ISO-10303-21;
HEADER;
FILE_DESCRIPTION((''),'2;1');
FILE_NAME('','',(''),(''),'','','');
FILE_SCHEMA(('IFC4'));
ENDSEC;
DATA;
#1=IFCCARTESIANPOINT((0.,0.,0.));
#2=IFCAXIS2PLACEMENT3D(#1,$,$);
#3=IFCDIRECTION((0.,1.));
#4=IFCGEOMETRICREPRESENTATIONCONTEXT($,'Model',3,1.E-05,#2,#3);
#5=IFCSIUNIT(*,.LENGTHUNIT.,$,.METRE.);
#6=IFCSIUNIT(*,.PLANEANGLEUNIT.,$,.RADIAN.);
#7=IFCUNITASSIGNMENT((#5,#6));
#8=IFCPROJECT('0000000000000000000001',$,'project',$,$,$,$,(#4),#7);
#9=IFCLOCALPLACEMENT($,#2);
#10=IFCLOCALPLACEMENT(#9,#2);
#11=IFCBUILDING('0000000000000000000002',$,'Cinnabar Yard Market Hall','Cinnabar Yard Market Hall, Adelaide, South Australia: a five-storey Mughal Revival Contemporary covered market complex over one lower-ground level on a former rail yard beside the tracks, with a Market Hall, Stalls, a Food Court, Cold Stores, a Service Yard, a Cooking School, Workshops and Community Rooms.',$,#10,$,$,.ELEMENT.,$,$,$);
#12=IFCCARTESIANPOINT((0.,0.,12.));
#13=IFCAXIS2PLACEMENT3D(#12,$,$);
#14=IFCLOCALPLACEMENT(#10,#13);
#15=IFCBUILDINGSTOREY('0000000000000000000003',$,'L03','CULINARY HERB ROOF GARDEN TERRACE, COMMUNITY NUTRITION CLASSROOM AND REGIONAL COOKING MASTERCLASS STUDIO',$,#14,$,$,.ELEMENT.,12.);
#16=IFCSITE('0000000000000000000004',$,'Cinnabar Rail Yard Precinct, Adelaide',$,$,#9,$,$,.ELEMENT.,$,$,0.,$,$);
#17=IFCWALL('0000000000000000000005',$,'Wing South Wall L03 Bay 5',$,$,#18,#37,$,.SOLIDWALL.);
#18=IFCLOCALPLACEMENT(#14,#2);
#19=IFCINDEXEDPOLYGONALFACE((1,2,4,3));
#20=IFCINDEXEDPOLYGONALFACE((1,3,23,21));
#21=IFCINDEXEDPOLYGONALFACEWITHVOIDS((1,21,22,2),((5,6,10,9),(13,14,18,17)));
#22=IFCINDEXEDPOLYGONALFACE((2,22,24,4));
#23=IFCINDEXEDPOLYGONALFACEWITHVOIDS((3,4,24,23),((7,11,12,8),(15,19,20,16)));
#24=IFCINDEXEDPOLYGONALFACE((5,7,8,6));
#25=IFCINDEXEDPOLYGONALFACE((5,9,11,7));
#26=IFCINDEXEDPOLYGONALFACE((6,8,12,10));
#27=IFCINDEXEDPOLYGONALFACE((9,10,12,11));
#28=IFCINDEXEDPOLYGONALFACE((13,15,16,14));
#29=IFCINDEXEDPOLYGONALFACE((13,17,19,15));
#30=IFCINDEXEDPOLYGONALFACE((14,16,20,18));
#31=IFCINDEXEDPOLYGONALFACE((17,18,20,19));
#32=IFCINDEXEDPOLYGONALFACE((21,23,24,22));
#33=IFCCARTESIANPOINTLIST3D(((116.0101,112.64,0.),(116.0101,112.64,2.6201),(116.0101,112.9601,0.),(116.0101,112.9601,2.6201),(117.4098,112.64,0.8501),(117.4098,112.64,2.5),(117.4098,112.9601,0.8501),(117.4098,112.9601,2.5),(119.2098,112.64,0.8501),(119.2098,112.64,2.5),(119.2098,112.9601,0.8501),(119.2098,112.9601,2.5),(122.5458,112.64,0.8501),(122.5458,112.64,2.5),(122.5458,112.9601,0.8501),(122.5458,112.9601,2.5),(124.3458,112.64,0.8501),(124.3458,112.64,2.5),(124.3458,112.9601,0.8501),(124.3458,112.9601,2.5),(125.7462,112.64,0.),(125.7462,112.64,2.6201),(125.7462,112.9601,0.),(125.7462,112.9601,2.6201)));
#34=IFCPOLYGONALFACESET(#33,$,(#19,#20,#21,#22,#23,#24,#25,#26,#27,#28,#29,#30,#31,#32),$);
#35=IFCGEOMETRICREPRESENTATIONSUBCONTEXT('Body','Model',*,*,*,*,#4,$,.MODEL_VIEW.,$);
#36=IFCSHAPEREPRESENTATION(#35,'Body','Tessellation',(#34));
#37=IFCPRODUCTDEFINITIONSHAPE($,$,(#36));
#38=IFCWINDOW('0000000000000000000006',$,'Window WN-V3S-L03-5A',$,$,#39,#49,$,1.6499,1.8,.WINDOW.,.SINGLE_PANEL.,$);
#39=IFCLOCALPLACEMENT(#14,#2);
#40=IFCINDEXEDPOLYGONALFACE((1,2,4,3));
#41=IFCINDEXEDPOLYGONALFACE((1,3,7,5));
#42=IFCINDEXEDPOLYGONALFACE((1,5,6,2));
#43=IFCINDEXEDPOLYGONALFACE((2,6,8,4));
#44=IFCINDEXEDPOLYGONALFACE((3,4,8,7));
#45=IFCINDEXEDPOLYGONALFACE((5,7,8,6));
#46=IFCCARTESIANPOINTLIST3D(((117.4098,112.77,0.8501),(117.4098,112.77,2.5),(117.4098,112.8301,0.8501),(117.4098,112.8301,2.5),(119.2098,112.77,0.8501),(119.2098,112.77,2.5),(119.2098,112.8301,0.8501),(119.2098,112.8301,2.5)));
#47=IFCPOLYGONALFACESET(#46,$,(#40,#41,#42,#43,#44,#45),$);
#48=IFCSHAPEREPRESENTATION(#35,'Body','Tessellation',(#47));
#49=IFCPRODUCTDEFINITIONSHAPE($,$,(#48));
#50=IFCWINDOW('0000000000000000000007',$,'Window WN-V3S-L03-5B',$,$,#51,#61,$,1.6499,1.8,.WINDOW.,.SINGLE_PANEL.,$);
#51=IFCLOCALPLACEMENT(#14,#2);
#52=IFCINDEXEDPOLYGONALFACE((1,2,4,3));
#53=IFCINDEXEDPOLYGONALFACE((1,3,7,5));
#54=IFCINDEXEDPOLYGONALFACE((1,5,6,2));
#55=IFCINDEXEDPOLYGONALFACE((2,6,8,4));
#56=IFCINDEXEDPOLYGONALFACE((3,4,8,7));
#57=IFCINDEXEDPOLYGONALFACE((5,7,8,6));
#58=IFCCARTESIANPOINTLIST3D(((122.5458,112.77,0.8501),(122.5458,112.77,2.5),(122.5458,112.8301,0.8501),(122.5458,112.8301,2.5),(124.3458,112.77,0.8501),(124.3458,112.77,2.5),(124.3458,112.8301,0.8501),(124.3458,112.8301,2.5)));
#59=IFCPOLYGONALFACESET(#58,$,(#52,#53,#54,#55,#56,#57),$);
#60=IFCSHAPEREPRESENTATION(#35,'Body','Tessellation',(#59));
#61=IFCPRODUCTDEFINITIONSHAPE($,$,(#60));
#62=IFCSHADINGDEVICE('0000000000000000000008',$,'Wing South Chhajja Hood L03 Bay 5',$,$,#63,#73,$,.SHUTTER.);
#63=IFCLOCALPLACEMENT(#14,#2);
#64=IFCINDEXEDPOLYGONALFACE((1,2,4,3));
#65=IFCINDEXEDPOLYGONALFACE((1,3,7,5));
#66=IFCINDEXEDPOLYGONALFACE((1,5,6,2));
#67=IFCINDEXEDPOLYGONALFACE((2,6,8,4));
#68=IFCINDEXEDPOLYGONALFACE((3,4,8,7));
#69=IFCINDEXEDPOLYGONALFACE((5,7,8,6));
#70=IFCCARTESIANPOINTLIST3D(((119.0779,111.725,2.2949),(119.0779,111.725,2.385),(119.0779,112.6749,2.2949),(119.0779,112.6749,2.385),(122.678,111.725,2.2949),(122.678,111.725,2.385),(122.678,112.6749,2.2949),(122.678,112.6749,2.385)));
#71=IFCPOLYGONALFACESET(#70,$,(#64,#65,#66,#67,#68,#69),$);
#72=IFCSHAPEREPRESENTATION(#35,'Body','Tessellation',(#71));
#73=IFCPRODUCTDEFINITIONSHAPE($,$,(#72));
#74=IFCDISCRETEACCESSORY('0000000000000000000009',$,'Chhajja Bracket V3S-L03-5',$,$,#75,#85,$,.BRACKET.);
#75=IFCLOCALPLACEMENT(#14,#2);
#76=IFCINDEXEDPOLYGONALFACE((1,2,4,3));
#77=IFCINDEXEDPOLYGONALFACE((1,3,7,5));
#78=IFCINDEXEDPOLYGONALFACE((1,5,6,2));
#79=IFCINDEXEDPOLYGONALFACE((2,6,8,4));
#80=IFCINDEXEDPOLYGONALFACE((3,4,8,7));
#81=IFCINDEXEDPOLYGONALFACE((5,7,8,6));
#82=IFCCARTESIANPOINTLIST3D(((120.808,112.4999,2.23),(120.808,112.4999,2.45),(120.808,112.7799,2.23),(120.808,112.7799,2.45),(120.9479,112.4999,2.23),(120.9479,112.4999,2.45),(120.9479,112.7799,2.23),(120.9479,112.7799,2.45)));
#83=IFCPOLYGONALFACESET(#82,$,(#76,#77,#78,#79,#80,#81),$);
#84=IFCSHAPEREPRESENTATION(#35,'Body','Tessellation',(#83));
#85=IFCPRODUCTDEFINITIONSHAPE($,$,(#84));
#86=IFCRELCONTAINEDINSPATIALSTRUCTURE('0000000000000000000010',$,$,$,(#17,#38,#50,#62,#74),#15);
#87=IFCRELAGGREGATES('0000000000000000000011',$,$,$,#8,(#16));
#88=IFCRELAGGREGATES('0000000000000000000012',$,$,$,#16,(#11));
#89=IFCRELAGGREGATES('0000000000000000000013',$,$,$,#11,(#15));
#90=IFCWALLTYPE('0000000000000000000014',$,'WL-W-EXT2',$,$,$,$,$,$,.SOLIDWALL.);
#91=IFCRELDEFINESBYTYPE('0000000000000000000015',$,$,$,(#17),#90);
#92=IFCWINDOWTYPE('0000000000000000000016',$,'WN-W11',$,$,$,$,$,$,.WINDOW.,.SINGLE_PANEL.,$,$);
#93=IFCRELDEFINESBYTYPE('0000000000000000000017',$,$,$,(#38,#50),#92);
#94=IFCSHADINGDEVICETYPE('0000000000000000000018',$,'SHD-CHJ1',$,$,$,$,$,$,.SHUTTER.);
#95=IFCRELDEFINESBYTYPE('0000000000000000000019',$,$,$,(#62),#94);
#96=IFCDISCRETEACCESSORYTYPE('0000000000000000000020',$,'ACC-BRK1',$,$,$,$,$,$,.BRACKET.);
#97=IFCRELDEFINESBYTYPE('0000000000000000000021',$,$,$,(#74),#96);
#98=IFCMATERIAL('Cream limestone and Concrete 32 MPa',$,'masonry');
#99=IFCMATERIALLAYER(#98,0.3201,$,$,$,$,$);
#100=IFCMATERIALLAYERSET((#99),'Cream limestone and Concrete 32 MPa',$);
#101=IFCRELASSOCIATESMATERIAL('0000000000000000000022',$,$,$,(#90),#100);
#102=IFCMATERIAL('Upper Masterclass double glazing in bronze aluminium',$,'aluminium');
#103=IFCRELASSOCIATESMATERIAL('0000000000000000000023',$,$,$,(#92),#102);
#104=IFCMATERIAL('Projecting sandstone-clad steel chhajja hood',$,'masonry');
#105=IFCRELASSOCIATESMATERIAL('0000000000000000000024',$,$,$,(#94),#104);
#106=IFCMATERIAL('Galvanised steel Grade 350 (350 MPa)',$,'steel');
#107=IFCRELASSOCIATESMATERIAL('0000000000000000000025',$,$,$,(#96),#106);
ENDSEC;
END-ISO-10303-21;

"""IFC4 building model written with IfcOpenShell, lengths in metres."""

from ifc_helpers import new_model, si_unit, direction, frame, frame_2d, origin, origin_2d_with_axis, place, context, subcontext, project, spatial, rectangle, extrude, material, layer, layer_set, type_object, element, fill, save


model = new_model("IFC4")

# Units and contexts
model_context = context("Model", 3, precision=1e-05, world=origin(), true_north=direction((0.0, 1.0)))
body_context = subcontext(model_context, "Body", "Model", "MODEL_VIEW")
ifc_project = project(units=[si_unit("LENGTHUNIT", "METRE"), si_unit("PLANEANGLEUNIT", "RADIAN")], contexts=[model_context])

# Site, building, storey
site_placement = place(None, origin())
site = spatial("IfcSite", under=ifc_project, at=site_placement, Name="Cinnabar Rail Yard Precinct, Adelaide", CompositionType="ELEMENT", RefElevation=0.0)
building_placement = place(site_placement, origin())
building = spatial("IfcBuilding", under=site, at=building_placement, Name="Cinnabar Yard Market Hall", Description="Cinnabar Yard Market Hall, Adelaide, South Australia: a five-storey Mughal Revival Contemporary covered market complex over one lower-ground level on a former rail yard beside the tracks, with a Market Hall, Stalls, a Food Court, Cold Stores, a Service Yard, a Cooking School, Workshops and Community Rooms.", CompositionType="ELEMENT")
storey_placement = place(building_placement, frame((0.0, 0.0, 12.0)))
storey = spatial("IfcBuildingStorey", under=building, at=storey_placement, Name="L03", Description="CULINARY HERB ROOF GARDEN TERRACE, COMMUNITY NUTRITION CLASSROOM AND REGIONAL COOKING MASTERCLASS STUDIO", CompositionType="ELEMENT", Elevation=12.0)

# Wall, openings, windows
ifc_material_1 = material(Name="Cream limestone and Concrete 32 MPa", Category="masonry")
ifc_layer_1 = layer(ifc_material_1, 0.3201)
ifc_layer_set_1 = layer_set([ifc_layer_1], Name="Cream limestone and Concrete 32 MPa")
wall_type_1 = type_object("IfcWallType", Name="WL-W-EXT2", PredefinedType="SOLIDWALL", material=ifc_layer_set_1)
wall_placement = place(storey_placement, frame((116.01, 112.8, 0.0), z_axis=(0.0, 0.0, 1.0), x_axis=(1.0, 0.0, 0.0)))
wall = element("IfcWall", 1, at=wall_placement, inside=storey, type_object=wall_type_1, Name="Wing South Wall L03 Bay 5", PredefinedType="SOLIDWALL", context=body_context, shape_type="SweptSolid", body=[
    extrude(rectangle(XDim=9.7361, YDim=0.3201, at=frame_2d((4.8682, 0.0), x_axis=(1.0, 0.0))), origin(), (0.0, 0.0, 1.0), 2.6201),
])
opening_1_placement = place(wall_placement, frame((1.3999, 0.0, 0.8501)))
opening_1 = element("IfcOpeningElement", 2, at=opening_1_placement, cuts=wall, PredefinedType="OPENING", context=body_context, shape_type="SweptSolid", body=[
    extrude(rectangle(XDim=1.8, YDim=1.6499, at=frame_2d((0.8999, 0.825), x_axis=(1.0, 0.0))), frame((0.0, 0.1699, 0.0), z_axis=(0.0, -1.0, 0.0), x_axis=(1.0, 0.0, 0.0)), (0.0, 0.0, 1.0), 0.3401),
])
opening_2_placement = place(wall_placement, frame((6.5359, 0.0, 0.8501)))
opening_2 = element("IfcOpeningElement", 3, at=opening_2_placement, cuts=wall, PredefinedType="OPENING", context=body_context, shape_type="SweptSolid", body=[
    extrude(rectangle(XDim=1.8, YDim=1.6499, at=frame_2d((0.8999, 0.825), x_axis=(1.0, 0.0))), frame((0.0, 0.1699, 0.0), z_axis=(0.0, -1.0, 0.0), x_axis=(1.0, 0.0, 0.0)), (0.0, 0.0, 1.0), 0.3401),
])
ifc_material_2 = material(Name="Upper Masterclass double glazing in bronze aluminium", Category="aluminium")
window_type = type_object("IfcWindowType", Name="WN-W11", PartitioningType="SINGLE_PANEL", PredefinedType="WINDOW", material=ifc_material_2)
window_1_placement = place(opening_1_placement, origin())
window_1 = element("IfcWindow", 4, at=window_1_placement, inside=storey, type_object=window_type, Name="Window WN-V3S-L03-5A", OverallHeight=1.6499, OverallWidth=1.8, PartitioningType="SINGLE_PANEL", PredefinedType="WINDOW", context=body_context, shape_type="SweptSolid", body=[
    extrude(rectangle(XDim=1.8, YDim=1.6499, at=frame_2d((0.8999, 0.825), x_axis=(1.0, 0.0))), frame((0.0, 0.03, 0.0), z_axis=(0.0, -1.0, 0.0), x_axis=(1.0, 0.0, 0.0)), (0.0, 0.0, 1.0), 0.0601),
])
fill(opening_1, window_1)
window_2_placement = place(opening_2_placement, origin())
window_2 = element("IfcWindow", 5, at=window_2_placement, inside=storey, type_object=window_type, Name="Window WN-V3S-L03-5B", OverallHeight=1.6499, OverallWidth=1.8, PartitioningType="SINGLE_PANEL", PredefinedType="WINDOW", context=body_context, shape_type="SweptSolid", body=[
    extrude(rectangle(XDim=1.8, YDim=1.6499, at=frame_2d((0.8999, 0.825), x_axis=(1.0, 0.0))), frame((0.0, 0.03, 0.0), z_axis=(0.0, -1.0, 0.0), x_axis=(1.0, 0.0, 0.0)), (0.0, 0.0, 1.0), 0.0601),
])
fill(opening_2, window_2)

# Shading device
ifc_material_3 = material(Name="Projecting sandstone-clad steel chhajja hood", Category="masonry")
shading_device_type = type_object("IfcShadingDeviceType", Name="SHD-CHJ1", PredefinedType="SHUTTER", material=ifc_material_3)
shading_device_placement = place(storey_placement, frame((120.8779, 112.2, 2.2949), z_axis=(0.0, 0.0, 1.0), x_axis=(1.0, 0.0, 0.0)))
element("IfcShadingDevice", 6, at=shading_device_placement, inside=storey, type_object=shading_device_type, Name="Wing South Chhajja Hood L03 Bay 5", PredefinedType="SHUTTER", context=body_context, shape_type="SweptSolid", body=[
    extrude(rectangle(XDim=3.6001, YDim=0.95, at=origin_2d_with_axis()), origin(), (0.0, 0.0, 1.0), 0.0901),
])

# Discrete accessory
ifc_material_4 = material(Name="Galvanised steel Grade 350 (350 MPa)", Category="steel")
discrete_accessory_type = type_object("IfcDiscreteAccessoryType", Name="ACC-BRK1", PredefinedType="BRACKET", material=ifc_material_4)
discrete_accessory_placement = place(storey_placement, frame((120.8779, 112.6399, 2.23), z_axis=(0.0, 0.0, 1.0), x_axis=(1.0, 0.0, 0.0)))
element("IfcDiscreteAccessory", 7, at=discrete_accessory_placement, inside=storey, type_object=discrete_accessory_type, Name="Chhajja Bracket V3S-L03-5", PredefinedType="BRACKET", context=body_context, shape_type="SweptSolid", body=[
    extrude(rectangle(XDim=0.1399, YDim=0.28, at=origin_2d_with_axis()), origin(), (0.0, 0.0, 1.0), 0.22),
])

save(model, "model.ifc")
